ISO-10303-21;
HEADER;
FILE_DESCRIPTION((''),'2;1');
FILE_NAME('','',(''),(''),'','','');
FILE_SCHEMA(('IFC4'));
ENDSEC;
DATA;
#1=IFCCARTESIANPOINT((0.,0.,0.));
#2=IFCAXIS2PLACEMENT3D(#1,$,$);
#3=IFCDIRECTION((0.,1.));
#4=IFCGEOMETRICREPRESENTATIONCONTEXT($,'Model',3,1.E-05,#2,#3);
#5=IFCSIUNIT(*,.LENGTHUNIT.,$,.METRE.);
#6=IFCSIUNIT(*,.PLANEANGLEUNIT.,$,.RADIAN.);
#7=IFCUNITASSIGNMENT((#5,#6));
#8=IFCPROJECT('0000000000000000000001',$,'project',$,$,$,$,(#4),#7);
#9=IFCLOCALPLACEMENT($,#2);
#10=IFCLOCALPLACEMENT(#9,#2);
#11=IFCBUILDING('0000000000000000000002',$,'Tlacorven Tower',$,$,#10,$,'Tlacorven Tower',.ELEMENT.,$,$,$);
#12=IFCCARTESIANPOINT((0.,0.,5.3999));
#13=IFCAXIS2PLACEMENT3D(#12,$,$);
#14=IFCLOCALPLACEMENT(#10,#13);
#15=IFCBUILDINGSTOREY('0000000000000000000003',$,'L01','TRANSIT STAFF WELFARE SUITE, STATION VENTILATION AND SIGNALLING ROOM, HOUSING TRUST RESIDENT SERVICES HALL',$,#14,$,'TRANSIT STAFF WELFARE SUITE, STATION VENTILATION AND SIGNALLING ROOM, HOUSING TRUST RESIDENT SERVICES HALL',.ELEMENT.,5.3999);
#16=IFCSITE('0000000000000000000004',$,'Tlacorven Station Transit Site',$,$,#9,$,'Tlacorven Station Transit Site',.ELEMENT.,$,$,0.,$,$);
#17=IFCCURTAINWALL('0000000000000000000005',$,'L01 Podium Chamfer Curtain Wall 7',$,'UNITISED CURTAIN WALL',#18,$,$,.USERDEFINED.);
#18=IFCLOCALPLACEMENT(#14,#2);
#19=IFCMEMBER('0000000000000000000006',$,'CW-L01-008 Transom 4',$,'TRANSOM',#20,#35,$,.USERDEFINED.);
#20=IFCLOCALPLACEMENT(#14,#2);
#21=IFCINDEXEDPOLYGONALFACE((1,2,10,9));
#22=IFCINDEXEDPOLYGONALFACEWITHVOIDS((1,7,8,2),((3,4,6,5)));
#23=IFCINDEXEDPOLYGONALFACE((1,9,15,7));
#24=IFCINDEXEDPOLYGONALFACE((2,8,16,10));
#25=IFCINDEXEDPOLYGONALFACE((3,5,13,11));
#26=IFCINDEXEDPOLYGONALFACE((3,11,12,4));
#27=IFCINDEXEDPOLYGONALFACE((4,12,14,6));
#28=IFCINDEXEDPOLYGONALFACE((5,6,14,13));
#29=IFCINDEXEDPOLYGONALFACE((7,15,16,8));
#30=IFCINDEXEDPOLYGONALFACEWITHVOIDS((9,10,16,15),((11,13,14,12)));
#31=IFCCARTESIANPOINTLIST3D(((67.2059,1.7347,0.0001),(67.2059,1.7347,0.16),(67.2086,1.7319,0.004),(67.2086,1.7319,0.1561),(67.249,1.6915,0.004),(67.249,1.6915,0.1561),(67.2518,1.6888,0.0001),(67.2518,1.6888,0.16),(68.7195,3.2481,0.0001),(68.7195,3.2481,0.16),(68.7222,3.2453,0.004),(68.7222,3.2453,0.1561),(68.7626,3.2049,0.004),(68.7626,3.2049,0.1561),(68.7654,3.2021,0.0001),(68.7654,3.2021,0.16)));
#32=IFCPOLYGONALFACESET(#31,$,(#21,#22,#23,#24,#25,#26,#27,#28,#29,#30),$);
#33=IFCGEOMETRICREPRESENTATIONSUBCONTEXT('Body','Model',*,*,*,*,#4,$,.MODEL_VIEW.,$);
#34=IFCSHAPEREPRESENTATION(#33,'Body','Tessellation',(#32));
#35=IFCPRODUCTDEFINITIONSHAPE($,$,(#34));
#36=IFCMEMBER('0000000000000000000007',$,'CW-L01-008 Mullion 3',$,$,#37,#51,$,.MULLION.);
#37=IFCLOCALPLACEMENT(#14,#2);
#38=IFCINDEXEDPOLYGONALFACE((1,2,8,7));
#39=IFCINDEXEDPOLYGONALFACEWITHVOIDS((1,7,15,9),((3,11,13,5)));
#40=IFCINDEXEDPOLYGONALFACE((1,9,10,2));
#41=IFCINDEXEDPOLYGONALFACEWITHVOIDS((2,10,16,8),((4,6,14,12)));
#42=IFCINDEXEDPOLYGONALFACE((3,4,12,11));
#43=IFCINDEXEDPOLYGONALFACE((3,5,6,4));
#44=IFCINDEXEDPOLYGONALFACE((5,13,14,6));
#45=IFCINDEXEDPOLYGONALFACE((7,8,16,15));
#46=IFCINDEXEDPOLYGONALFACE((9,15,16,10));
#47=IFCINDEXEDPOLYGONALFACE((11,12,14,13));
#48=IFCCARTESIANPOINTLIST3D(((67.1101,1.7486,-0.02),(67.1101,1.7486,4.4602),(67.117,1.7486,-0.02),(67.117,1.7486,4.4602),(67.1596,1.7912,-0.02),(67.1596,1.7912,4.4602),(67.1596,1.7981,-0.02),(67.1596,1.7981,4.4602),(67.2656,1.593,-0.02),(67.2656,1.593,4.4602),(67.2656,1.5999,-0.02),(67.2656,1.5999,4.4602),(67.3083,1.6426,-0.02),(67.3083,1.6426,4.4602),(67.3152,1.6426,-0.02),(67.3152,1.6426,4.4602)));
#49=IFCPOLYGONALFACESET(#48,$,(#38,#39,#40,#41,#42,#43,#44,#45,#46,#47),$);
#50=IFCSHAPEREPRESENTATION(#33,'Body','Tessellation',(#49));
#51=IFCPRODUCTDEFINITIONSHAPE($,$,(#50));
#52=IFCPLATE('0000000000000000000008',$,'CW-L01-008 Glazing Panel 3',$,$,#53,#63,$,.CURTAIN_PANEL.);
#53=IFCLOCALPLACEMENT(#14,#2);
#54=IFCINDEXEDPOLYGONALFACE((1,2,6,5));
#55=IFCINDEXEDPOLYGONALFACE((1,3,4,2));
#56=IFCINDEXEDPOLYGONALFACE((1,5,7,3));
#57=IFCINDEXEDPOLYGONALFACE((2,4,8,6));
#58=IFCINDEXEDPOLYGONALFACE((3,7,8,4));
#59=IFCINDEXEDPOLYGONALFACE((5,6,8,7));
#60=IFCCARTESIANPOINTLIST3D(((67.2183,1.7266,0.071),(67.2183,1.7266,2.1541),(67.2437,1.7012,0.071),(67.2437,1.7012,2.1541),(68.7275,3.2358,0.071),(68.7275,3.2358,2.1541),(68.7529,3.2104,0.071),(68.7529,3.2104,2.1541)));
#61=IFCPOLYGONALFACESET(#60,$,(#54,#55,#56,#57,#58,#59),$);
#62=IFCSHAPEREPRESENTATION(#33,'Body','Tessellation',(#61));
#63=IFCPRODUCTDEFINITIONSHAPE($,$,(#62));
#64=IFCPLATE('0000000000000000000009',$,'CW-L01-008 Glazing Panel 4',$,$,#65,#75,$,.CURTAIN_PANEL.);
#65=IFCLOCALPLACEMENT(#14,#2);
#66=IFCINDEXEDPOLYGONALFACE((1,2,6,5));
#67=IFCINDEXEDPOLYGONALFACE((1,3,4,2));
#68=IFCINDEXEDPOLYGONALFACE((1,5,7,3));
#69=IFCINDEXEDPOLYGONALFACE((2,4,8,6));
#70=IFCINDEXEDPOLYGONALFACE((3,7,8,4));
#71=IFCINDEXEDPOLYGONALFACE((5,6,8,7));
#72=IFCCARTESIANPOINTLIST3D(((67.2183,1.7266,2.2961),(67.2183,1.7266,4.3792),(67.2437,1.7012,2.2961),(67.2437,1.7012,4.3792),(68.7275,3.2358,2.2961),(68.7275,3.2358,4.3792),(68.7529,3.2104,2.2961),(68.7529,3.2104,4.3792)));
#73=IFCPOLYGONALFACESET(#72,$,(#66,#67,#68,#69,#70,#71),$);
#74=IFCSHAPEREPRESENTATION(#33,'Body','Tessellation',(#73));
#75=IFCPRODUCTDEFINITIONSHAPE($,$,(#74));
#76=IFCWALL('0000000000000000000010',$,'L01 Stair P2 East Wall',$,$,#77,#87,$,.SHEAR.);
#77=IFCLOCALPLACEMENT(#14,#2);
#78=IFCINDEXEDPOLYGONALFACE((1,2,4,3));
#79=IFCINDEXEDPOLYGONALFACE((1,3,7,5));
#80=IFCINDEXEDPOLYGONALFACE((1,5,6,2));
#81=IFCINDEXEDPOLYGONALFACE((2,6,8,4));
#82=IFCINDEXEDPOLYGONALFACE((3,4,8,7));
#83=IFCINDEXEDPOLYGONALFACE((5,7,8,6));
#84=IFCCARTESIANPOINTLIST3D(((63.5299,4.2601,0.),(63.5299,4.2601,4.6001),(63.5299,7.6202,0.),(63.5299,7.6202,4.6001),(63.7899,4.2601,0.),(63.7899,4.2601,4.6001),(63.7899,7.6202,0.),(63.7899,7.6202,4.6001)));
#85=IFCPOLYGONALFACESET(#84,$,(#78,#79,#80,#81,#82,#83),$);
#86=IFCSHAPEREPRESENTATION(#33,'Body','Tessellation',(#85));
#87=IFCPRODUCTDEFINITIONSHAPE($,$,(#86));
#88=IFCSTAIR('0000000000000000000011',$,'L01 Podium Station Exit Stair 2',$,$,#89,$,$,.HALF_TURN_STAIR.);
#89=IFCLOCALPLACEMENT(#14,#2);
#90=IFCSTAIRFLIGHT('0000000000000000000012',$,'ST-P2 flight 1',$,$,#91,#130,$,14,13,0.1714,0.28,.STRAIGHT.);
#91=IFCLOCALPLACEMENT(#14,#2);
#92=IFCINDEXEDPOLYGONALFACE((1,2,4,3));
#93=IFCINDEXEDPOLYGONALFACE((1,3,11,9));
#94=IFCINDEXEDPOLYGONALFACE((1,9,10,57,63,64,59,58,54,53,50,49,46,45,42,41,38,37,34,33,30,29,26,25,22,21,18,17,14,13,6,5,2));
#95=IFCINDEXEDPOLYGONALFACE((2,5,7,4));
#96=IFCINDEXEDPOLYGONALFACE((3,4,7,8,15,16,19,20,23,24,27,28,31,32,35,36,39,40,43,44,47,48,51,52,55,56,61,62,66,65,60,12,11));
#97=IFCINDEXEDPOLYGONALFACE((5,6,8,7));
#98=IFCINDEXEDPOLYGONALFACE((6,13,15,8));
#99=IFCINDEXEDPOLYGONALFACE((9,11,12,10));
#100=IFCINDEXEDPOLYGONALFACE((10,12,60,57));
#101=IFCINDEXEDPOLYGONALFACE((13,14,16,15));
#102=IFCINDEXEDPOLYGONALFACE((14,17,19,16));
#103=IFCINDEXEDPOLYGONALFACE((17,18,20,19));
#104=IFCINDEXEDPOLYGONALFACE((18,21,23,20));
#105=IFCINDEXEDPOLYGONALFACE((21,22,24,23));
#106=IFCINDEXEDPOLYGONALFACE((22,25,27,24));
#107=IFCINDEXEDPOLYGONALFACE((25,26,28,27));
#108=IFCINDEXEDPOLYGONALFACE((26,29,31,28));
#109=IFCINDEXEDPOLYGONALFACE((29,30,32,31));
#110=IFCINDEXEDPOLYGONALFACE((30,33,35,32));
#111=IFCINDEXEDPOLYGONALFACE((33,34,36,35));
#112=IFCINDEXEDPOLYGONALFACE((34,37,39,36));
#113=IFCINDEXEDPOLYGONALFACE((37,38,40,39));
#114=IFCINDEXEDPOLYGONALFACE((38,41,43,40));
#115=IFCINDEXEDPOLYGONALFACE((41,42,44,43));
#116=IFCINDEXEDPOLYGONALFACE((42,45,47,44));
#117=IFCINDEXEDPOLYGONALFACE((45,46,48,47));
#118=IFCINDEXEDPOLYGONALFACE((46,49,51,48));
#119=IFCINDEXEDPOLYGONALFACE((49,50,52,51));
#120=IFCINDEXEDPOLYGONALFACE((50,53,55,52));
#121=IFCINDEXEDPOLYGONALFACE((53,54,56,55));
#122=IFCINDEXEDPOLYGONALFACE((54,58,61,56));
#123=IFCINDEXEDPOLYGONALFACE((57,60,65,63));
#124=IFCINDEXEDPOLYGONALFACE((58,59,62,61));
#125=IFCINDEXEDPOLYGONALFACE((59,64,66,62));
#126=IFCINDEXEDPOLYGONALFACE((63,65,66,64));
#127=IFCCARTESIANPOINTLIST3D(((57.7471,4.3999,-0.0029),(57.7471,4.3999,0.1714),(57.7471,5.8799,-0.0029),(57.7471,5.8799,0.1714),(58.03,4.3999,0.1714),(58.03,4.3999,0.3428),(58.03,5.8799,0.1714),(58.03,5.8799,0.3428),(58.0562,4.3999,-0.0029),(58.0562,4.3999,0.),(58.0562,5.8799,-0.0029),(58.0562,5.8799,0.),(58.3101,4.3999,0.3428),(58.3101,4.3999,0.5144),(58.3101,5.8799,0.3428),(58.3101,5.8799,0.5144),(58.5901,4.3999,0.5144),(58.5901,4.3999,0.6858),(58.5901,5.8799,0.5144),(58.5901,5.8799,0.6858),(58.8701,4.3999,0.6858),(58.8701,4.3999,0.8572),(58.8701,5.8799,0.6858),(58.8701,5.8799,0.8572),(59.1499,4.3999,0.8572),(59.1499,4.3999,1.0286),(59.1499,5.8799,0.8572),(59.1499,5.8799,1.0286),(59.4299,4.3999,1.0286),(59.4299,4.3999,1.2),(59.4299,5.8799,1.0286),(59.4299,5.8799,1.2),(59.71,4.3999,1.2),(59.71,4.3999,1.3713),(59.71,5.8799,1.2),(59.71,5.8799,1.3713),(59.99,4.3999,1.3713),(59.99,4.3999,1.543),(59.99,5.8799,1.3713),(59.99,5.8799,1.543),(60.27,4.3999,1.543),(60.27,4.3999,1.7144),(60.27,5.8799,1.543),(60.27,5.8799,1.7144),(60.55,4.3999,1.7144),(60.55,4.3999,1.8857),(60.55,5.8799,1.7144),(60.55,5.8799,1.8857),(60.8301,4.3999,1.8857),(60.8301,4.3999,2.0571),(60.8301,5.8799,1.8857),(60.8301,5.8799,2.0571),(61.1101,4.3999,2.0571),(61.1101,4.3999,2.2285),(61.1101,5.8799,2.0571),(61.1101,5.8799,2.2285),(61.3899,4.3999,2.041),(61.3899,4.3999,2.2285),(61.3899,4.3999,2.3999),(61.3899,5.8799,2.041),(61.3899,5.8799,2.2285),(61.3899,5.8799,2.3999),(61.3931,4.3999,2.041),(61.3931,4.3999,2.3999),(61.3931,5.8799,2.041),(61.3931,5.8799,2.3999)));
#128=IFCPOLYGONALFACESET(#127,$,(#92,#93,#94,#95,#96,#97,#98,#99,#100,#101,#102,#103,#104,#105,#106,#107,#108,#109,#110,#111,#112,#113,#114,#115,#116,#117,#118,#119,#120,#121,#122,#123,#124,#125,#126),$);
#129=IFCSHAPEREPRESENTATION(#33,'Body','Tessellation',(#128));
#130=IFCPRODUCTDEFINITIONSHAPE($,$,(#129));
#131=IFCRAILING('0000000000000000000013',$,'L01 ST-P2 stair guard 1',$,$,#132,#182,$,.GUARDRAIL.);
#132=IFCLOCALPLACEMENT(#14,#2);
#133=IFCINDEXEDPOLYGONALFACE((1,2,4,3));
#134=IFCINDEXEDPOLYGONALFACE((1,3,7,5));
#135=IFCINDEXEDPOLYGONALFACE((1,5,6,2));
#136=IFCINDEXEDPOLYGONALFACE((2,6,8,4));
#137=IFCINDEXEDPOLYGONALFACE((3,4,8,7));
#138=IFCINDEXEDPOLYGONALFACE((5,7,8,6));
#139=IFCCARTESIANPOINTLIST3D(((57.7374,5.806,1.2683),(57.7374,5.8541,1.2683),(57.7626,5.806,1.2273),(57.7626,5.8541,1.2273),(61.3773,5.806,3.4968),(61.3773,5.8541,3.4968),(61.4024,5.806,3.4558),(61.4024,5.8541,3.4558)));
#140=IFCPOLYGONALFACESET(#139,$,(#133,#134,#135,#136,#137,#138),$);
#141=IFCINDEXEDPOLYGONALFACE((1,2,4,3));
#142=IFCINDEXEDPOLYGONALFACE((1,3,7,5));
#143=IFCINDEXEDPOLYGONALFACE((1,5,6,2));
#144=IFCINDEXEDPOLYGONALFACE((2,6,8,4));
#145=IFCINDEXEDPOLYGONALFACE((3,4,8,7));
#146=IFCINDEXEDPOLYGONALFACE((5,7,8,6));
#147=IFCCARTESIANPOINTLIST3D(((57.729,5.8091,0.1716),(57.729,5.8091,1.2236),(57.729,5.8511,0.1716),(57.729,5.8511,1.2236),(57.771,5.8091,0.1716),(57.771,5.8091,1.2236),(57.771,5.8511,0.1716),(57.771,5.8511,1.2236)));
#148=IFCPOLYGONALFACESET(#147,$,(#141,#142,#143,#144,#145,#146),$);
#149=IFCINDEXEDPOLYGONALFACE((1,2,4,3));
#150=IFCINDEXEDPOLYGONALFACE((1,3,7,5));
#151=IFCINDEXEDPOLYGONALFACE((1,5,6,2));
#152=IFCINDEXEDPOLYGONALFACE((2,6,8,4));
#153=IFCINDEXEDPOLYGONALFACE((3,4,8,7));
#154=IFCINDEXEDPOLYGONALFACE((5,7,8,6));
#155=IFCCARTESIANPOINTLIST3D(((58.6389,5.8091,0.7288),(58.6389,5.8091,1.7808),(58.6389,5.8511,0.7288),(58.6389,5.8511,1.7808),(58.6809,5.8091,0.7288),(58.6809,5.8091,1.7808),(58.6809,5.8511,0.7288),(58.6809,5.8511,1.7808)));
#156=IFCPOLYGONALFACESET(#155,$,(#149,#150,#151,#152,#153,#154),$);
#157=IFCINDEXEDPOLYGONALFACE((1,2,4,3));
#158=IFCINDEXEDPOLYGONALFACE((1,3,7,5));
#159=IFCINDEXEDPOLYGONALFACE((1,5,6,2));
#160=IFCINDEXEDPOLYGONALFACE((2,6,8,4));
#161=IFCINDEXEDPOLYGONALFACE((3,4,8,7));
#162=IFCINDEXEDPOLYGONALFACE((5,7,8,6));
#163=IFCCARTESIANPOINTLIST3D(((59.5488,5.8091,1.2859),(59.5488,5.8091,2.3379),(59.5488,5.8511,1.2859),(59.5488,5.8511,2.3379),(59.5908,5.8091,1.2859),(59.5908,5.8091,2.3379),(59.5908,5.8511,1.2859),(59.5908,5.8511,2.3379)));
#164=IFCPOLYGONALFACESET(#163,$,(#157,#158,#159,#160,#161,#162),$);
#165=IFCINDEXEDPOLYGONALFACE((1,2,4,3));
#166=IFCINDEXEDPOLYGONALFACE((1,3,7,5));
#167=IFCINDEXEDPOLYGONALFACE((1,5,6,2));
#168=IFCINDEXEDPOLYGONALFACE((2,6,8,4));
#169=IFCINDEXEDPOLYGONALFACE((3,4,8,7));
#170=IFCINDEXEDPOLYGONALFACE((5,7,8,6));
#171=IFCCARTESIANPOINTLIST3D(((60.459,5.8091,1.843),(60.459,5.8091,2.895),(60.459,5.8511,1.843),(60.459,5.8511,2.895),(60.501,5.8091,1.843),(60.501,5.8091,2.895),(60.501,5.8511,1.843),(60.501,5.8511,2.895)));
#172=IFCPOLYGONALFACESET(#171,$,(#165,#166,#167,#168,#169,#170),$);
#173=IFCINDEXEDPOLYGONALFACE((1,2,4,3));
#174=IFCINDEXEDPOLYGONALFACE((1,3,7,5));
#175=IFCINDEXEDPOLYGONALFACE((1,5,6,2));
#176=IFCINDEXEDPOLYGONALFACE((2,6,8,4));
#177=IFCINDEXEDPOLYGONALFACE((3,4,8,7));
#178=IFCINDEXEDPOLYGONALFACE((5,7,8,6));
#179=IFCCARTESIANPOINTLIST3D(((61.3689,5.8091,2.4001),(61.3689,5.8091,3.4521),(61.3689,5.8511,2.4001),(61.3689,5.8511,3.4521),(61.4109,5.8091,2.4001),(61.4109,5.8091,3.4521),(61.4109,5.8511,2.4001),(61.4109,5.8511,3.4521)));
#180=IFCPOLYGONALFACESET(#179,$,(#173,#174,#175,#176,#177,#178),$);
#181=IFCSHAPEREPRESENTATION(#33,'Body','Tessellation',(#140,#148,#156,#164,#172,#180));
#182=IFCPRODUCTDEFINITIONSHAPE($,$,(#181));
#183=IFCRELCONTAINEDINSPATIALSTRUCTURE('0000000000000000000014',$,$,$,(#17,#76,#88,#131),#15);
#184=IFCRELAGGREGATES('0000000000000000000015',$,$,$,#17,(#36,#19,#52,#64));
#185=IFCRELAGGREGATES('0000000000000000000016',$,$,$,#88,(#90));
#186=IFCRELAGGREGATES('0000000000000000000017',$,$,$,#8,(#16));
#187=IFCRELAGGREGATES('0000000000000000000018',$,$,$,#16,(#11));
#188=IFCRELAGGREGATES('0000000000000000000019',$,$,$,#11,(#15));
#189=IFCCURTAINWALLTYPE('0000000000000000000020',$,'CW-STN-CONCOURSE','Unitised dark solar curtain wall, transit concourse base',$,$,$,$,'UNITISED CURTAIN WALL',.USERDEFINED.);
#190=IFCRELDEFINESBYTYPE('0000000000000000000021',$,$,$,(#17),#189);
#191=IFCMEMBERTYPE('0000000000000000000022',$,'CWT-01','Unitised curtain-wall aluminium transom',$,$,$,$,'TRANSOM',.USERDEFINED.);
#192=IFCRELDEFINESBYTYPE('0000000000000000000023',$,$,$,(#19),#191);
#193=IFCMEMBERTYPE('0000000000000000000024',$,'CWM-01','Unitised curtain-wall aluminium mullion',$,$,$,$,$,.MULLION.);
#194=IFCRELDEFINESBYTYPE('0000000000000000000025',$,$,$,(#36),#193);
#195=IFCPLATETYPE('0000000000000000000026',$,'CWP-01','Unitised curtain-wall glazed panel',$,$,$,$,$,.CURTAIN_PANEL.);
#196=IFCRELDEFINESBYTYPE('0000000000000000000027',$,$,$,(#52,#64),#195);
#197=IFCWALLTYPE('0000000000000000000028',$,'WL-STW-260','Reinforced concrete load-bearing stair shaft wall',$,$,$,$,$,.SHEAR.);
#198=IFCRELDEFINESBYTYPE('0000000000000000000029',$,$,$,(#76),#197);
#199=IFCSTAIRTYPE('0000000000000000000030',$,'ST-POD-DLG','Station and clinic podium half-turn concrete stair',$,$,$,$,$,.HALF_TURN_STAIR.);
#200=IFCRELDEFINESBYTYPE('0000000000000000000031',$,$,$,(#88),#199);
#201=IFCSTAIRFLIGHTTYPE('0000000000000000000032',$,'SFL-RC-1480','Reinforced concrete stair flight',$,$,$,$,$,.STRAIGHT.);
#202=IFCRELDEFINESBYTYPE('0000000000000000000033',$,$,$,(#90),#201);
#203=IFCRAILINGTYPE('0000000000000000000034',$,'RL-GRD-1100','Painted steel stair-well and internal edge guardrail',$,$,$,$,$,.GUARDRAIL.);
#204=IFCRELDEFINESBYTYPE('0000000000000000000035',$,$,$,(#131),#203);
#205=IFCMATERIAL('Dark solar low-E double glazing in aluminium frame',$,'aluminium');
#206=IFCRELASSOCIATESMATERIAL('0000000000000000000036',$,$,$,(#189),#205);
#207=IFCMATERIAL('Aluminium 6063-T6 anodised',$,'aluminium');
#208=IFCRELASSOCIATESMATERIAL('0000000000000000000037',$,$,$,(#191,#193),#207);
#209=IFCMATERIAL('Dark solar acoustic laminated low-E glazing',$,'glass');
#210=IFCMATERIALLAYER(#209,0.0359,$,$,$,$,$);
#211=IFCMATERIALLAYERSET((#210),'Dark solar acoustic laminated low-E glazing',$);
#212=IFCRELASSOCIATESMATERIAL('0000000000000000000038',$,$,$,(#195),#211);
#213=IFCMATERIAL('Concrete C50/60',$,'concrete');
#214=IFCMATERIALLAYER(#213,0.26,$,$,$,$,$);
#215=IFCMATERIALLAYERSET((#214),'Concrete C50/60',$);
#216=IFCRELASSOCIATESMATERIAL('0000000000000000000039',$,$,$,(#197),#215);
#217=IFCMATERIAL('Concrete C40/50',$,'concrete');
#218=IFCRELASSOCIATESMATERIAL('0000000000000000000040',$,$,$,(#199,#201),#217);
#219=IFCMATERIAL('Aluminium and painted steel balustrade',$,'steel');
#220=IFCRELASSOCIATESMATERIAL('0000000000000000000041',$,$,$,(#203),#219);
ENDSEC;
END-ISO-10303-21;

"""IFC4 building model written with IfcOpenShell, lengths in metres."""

from ifc_helpers import new_model, si_unit, direction, frame, frame_2d, origin, origin_2d, place, context, subcontext, project, spatial, polyline, rectangle, hollow_rectangle, outline, extrude, source, transform, mapped, material, layer, layer_set, material_profile, profile_set, type_object, element, aggregate, save


model = new_model("IFC4")

# Units and contexts
model_context = context("Model", 3, precision=1e-05, world=origin(), true_north=direction((0.0, 1.0)))
body_context = subcontext(model_context, "Body", "Model", "MODEL_VIEW")
ifc_project = project(units=[si_unit("LENGTHUNIT", "METRE"), si_unit("PLANEANGLEUNIT", "RADIAN")], contexts=[model_context])

# Site, building, storey
site_placement = place(None, origin())
site = spatial("IfcSite", under=ifc_project, at=site_placement, Name="Tlacorven Station Transit Site", LongName="Tlacorven Station Transit Site", CompositionType="ELEMENT", RefElevation=0.0)
building_placement = place(site_placement, origin())
building = spatial("IfcBuilding", under=site, at=building_placement, Name="Tlacorven Tower", LongName="Tlacorven Tower", CompositionType="ELEMENT")
storey_placement = place(building_placement, frame((0.0, 0.0, 5.3999)))
storey = spatial("IfcBuildingStorey", under=building, at=storey_placement, Name="L01", Description="TRANSIT STAFF WELFARE SUITE, STATION VENTILATION AND SIGNALLING ROOM, HOUSING TRUST RESIDENT SERVICES HALL", LongName="TRANSIT STAFF WELFARE SUITE, STATION VENTILATION AND SIGNALLING ROOM, HOUSING TRUST RESIDENT SERVICES HALL", CompositionType="ELEMENT", Elevation=5.3999)

# Curtain wall, members, plates
ifc_material_1 = material(Name="Dark solar low-E double glazing in aluminium frame", Category="aluminium")
curtain_wall_type = type_object("IfcCurtainWallType", Name="CW-STN-CONCOURSE", Description="Unitised dark solar curtain wall, transit concourse base", ElementType="UNITISED CURTAIN WALL", PredefinedType="USERDEFINED", material=ifc_material_1)
curtain_wall_placement = place(storey_placement, origin())
curtain_wall = element("IfcCurtainWall", 1, at=curtain_wall_placement, inside=storey, type_object=curtain_wall_type, Name="L01 Podium Chamfer Curtain Wall 7", ObjectType="UNITISED CURTAIN WALL", PredefinedType="USERDEFINED")
ifc_material_2 = material(Name="Aluminium 6063-T6 anodised", Category="aluminium")
ifc_material_profile_1 = material_profile(ifc_material_2, hollow_rectangle(XDim=0.0649, YDim=0.1599, WallThickness=0.0039, at=origin_2d()), Name="ALU TRANSOM 65X160")
ifc_profile_set_1 = profile_set([ifc_material_profile_1], Name="Aluminium 6063-T6 anodised")
member_type_1 = type_object("IfcMemberType", Name="CWT-01", Description="Unitised curtain-wall aluminium transom", ElementType="TRANSOM", PredefinedType="USERDEFINED", material=ifc_profile_set_1)
shared_shape_1 = source(origin(), body_context, "Body", "SweptSolid", [
    extrude(hollow_rectangle(XDim=0.0649, YDim=0.1599, WallThickness=0.0039, at=origin_2d()), origin(), (0.0, 0.0, 1.0), 2.1404),
])
member_1_placement = place(storey_placement, frame((68.7424, 3.2251, 0.0801), z_axis=(-0.707164, -0.70705, 0.0), x_axis=(0.70705, -0.707164, 0.0)))
member_1 = element("IfcMember", 2, at=member_1_placement, type_object=member_type_1, Name="CW-L01-008 Transom 4", ObjectType="TRANSOM", PredefinedType="USERDEFINED", context=body_context, shape_type="MappedRepresentation", body=[
    mapped(shared_shape_1, transform((0.0, 0.0, 0.0), scale=1.0)),
])
ifc_material_profile_2 = material_profile(ifc_material_2, hollow_rectangle(XDim=0.0701, YDim=0.22, WallThickness=0.0049, at=origin_2d()), Name="ALU MULLION 70X220")
ifc_profile_set_2 = profile_set([ifc_material_profile_2], Name="Aluminium 6063-T6 anodised")
member_type_2 = type_object("IfcMemberType", Name="CWM-01", Description="Unitised curtain-wall aluminium mullion", PredefinedType="MULLION", material=ifc_profile_set_2)
shared_shape_2 = source(origin(), body_context, "Body", "SweptSolid", [
    extrude(hollow_rectangle(XDim=0.0701, YDim=0.22, WallThickness=0.0049, at=origin_2d()), origin(), (0.0, 0.0, 1.0), 4.4802),
])
member_2_placement = place(storey_placement, frame((67.2126, 1.6956, -0.02), z_axis=(0.0, 0.0, 1.0), x_axis=(-0.707107, -0.707107, 0.0)))
member_2 = element("IfcMember", 3, at=member_2_placement, type_object=member_type_2, Name="CW-L01-008 Mullion 3", PredefinedType="MULLION", context=body_context, shape_type="MappedRepresentation", body=[
    mapped(shared_shape_2, transform((0.0, 0.0, 0.0), scale=1.0)),
])
ifc_material_3 = material(Name="Dark solar acoustic laminated low-E glazing", Category="glass")
ifc_layer_1 = layer(ifc_material_3, 0.0359)
ifc_layer_set_1 = layer_set([ifc_layer_1], Name="Dark solar acoustic laminated low-E glazing")
plate_type = type_object("IfcPlateType", Name="CWP-01", Description="Unitised curtain-wall glazed panel", PredefinedType="CURTAIN_PANEL", material=ifc_layer_set_1)
shared_shape_3 = source(origin(), body_context, "Body", "SweptSolid", [
    extrude(rectangle(XDim=2.1343, YDim=0.0359, at=origin_2d()), origin(), (0.0, 0.0, 1.0), 2.083),
])
plate_1_placement = place(storey_placement, frame((67.9856, 2.4685, 0.071), z_axis=(0.0, 0.0, 1.0), x_axis=(-0.707107, -0.707107, 0.0)))
plate_1 = element("IfcPlate", 4, at=plate_1_placement, type_object=plate_type, Name="CW-L01-008 Glazing Panel 3", PredefinedType="CURTAIN_PANEL", context=body_context, shape_type="MappedRepresentation", body=[
    mapped(shared_shape_3, transform((0.0, 0.0, 0.0), scale=1.0)),
])
plate_2_placement = place(storey_placement, frame((67.9856, 2.4685, 2.2961), z_axis=(0.0, 0.0, 1.0), x_axis=(-0.707107, -0.707107, 0.0)))
plate_2 = element("IfcPlate", 5, at=plate_2_placement, type_object=plate_type, Name="CW-L01-008 Glazing Panel 4", PredefinedType="CURTAIN_PANEL", context=body_context, shape_type="MappedRepresentation", body=[
    mapped(shared_shape_3, transform((0.0, 0.0, 0.0), scale=1.0)),
])
aggregate(curtain_wall, [member_2, member_1, plate_1, plate_2])

# Wall
ifc_material_4 = material(Name="Concrete C50/60", Category="concrete")
ifc_layer_2 = layer(ifc_material_4, 0.26)
ifc_layer_set_2 = layer_set([ifc_layer_2], Name="Concrete C50/60")
wall_type_1 = type_object("IfcWallType", Name="WL-STW-260", Description="Reinforced concrete load-bearing stair shaft wall", PredefinedType="SHEAR", material=ifc_layer_set_2)
wall_1_placement = place(storey_placement, frame((63.6599, 4.26, 0.0), z_axis=(0.0, 0.0, 1.0), x_axis=(0.0, 1.0, 0.0)))
element("IfcWall", 6, at=wall_1_placement, inside=storey, type_object=wall_type_1, Name="L01 Stair P2 East Wall", PredefinedType="SHEAR", context=body_context, shape_type="SweptSolid", body=[
    extrude(rectangle(XDim=3.3601, YDim=0.26, at=frame_2d((1.6802, 0.0))), origin(), (0.0, 0.0, 1.0), 4.6001),
])

# Stair, stair flight
ifc_material_5 = material(Name="Concrete C40/50", Category="concrete")
stair_type = type_object("IfcStairType", Name="ST-POD-DLG", Description="Station and clinic podium half-turn concrete stair", PredefinedType="HALF_TURN_STAIR", material=ifc_material_5)
stair_placement = place(storey_placement, origin())
stair = element("IfcStair", 7, at=stair_placement, inside=storey, type_object=stair_type, Name="L01 Podium Station Exit Stair 2", PredefinedType="HALF_TURN_STAIR")
stair_flight_type = type_object("IfcStairFlightType", Name="SFL-RC-1480", Description="Reinforced concrete stair flight", PredefinedType="STRAIGHT", material=ifc_material_5)
shared_shape_4 = source(origin(), body_context, "Body", "SweptSolid", [
    extrude(outline(polyline([(-0.0029, -0.0029), (-0.0029, 0.1714), (0.28, 0.1714), (0.28, 0.3428), (0.5601, 0.3428), (0.5601, 0.5144), (0.8401, 0.5144), (0.8401, 0.6858), (1.1201, 0.6858), (1.1201, 0.8572), (1.3999, 0.8572), (1.3999, 1.0286), (1.6799, 1.0286), (1.6799, 1.2), (1.96, 1.2), (1.96, 1.3713), (2.24, 1.3713), (2.24, 1.543), (2.52, 1.543), (2.52, 1.7144), (2.8, 1.7144), (2.8, 1.8857), (3.0801, 1.8857), (3.0801, 2.0571), (3.3601, 2.0571), (3.3601, 2.2285), (3.6399, 2.2285), (3.6399, 2.3999), (3.6431, 2.3999), (3.6431, 2.041), (3.6399, 2.041), (0.3062, 0.0), (0.3062, -0.0029), (-0.0029, -0.0029)])), frame((0.0, 0.74, 0.0), z_axis=(0.0, -1.0, 0.0), x_axis=(1.0, 0.0, 0.0)), (0.0, 0.0, 1.0), 1.48),
])
stair_flight_placement = place(storey_placement, frame((57.75, 5.1399, 0.0), z_axis=(0.0, 0.0, 1.0), x_axis=(1.0, 0.0, 0.0)))
stair_flight = element("IfcStairFlight", 8, at=stair_flight_placement, type_object=stair_flight_type, Name="ST-P2 flight 1", NumberOfRisers=14, NumberOfTreads=13, PredefinedType="STRAIGHT", RiserHeight=0.1714, TreadLength=0.28, context=body_context, shape_type="MappedRepresentation", body=[
    mapped(shared_shape_4, transform((0.0, 0.0, 0.0), scale=1.0)),
])
aggregate(stair, [stair_flight])

# Railing
ifc_material_6 = material(Name="Aluminium and painted steel balustrade", Category="steel")
railing_type_1 = type_object("IfcRailingType", Name="RL-GRD-1100", Description="Painted steel stair-well and internal edge guardrail", PredefinedType="GUARDRAIL", material=ifc_material_6)
shared_shape_5 = source(origin(), body_context, "Body", "SweptSolid", [
    extrude(rectangle(XDim=0.0481, YDim=0.0481, at=origin_2d()), frame((0.0, 0.0, 1.0762), z_axis=(0.85285, 0.0, 0.522156), x_axis=(0.0, 1.0, 0.0)), (0.0, 0.0, 1.0), 4.2678),
    extrude(rectangle(XDim=0.042, YDim=0.042, at=origin_2d()), origin(), (0.0, 0.0, 1.0), 1.052),
    extrude(rectangle(XDim=0.042, YDim=0.042, at=origin_2d()), frame((0.9099, 0.0, 0.5571)), (0.0, 0.0, 1.0), 1.052),
    extrude(rectangle(XDim=0.042, YDim=0.042, at=origin_2d()), frame((1.8198, 0.0, 1.1143)), (0.0, 0.0, 1.0), 1.052),
    extrude(rectangle(XDim=0.042, YDim=0.042, at=origin_2d()), frame((2.73, 0.0, 1.6714)), (0.0, 0.0, 1.0), 1.052),
    extrude(rectangle(XDim=0.042, YDim=0.042, at=origin_2d()), frame((3.6399, 0.0, 2.2285)), (0.0, 0.0, 1.0), 1.052),
])
railing_1_placement = place(storey_placement, frame((57.75, 5.8301, 0.1716)))
element("IfcRailing", 9, at=railing_1_placement, inside=storey, type_object=railing_type_1, Name="L01 ST-P2 stair guard 1", PredefinedType="GUARDRAIL", context=body_context, shape_type="MappedRepresentation", body=[
    mapped(shared_shape_5, transform((0.0, 0.0, 0.0), scale=1.0)),
])

save(model, "model.ifc")
